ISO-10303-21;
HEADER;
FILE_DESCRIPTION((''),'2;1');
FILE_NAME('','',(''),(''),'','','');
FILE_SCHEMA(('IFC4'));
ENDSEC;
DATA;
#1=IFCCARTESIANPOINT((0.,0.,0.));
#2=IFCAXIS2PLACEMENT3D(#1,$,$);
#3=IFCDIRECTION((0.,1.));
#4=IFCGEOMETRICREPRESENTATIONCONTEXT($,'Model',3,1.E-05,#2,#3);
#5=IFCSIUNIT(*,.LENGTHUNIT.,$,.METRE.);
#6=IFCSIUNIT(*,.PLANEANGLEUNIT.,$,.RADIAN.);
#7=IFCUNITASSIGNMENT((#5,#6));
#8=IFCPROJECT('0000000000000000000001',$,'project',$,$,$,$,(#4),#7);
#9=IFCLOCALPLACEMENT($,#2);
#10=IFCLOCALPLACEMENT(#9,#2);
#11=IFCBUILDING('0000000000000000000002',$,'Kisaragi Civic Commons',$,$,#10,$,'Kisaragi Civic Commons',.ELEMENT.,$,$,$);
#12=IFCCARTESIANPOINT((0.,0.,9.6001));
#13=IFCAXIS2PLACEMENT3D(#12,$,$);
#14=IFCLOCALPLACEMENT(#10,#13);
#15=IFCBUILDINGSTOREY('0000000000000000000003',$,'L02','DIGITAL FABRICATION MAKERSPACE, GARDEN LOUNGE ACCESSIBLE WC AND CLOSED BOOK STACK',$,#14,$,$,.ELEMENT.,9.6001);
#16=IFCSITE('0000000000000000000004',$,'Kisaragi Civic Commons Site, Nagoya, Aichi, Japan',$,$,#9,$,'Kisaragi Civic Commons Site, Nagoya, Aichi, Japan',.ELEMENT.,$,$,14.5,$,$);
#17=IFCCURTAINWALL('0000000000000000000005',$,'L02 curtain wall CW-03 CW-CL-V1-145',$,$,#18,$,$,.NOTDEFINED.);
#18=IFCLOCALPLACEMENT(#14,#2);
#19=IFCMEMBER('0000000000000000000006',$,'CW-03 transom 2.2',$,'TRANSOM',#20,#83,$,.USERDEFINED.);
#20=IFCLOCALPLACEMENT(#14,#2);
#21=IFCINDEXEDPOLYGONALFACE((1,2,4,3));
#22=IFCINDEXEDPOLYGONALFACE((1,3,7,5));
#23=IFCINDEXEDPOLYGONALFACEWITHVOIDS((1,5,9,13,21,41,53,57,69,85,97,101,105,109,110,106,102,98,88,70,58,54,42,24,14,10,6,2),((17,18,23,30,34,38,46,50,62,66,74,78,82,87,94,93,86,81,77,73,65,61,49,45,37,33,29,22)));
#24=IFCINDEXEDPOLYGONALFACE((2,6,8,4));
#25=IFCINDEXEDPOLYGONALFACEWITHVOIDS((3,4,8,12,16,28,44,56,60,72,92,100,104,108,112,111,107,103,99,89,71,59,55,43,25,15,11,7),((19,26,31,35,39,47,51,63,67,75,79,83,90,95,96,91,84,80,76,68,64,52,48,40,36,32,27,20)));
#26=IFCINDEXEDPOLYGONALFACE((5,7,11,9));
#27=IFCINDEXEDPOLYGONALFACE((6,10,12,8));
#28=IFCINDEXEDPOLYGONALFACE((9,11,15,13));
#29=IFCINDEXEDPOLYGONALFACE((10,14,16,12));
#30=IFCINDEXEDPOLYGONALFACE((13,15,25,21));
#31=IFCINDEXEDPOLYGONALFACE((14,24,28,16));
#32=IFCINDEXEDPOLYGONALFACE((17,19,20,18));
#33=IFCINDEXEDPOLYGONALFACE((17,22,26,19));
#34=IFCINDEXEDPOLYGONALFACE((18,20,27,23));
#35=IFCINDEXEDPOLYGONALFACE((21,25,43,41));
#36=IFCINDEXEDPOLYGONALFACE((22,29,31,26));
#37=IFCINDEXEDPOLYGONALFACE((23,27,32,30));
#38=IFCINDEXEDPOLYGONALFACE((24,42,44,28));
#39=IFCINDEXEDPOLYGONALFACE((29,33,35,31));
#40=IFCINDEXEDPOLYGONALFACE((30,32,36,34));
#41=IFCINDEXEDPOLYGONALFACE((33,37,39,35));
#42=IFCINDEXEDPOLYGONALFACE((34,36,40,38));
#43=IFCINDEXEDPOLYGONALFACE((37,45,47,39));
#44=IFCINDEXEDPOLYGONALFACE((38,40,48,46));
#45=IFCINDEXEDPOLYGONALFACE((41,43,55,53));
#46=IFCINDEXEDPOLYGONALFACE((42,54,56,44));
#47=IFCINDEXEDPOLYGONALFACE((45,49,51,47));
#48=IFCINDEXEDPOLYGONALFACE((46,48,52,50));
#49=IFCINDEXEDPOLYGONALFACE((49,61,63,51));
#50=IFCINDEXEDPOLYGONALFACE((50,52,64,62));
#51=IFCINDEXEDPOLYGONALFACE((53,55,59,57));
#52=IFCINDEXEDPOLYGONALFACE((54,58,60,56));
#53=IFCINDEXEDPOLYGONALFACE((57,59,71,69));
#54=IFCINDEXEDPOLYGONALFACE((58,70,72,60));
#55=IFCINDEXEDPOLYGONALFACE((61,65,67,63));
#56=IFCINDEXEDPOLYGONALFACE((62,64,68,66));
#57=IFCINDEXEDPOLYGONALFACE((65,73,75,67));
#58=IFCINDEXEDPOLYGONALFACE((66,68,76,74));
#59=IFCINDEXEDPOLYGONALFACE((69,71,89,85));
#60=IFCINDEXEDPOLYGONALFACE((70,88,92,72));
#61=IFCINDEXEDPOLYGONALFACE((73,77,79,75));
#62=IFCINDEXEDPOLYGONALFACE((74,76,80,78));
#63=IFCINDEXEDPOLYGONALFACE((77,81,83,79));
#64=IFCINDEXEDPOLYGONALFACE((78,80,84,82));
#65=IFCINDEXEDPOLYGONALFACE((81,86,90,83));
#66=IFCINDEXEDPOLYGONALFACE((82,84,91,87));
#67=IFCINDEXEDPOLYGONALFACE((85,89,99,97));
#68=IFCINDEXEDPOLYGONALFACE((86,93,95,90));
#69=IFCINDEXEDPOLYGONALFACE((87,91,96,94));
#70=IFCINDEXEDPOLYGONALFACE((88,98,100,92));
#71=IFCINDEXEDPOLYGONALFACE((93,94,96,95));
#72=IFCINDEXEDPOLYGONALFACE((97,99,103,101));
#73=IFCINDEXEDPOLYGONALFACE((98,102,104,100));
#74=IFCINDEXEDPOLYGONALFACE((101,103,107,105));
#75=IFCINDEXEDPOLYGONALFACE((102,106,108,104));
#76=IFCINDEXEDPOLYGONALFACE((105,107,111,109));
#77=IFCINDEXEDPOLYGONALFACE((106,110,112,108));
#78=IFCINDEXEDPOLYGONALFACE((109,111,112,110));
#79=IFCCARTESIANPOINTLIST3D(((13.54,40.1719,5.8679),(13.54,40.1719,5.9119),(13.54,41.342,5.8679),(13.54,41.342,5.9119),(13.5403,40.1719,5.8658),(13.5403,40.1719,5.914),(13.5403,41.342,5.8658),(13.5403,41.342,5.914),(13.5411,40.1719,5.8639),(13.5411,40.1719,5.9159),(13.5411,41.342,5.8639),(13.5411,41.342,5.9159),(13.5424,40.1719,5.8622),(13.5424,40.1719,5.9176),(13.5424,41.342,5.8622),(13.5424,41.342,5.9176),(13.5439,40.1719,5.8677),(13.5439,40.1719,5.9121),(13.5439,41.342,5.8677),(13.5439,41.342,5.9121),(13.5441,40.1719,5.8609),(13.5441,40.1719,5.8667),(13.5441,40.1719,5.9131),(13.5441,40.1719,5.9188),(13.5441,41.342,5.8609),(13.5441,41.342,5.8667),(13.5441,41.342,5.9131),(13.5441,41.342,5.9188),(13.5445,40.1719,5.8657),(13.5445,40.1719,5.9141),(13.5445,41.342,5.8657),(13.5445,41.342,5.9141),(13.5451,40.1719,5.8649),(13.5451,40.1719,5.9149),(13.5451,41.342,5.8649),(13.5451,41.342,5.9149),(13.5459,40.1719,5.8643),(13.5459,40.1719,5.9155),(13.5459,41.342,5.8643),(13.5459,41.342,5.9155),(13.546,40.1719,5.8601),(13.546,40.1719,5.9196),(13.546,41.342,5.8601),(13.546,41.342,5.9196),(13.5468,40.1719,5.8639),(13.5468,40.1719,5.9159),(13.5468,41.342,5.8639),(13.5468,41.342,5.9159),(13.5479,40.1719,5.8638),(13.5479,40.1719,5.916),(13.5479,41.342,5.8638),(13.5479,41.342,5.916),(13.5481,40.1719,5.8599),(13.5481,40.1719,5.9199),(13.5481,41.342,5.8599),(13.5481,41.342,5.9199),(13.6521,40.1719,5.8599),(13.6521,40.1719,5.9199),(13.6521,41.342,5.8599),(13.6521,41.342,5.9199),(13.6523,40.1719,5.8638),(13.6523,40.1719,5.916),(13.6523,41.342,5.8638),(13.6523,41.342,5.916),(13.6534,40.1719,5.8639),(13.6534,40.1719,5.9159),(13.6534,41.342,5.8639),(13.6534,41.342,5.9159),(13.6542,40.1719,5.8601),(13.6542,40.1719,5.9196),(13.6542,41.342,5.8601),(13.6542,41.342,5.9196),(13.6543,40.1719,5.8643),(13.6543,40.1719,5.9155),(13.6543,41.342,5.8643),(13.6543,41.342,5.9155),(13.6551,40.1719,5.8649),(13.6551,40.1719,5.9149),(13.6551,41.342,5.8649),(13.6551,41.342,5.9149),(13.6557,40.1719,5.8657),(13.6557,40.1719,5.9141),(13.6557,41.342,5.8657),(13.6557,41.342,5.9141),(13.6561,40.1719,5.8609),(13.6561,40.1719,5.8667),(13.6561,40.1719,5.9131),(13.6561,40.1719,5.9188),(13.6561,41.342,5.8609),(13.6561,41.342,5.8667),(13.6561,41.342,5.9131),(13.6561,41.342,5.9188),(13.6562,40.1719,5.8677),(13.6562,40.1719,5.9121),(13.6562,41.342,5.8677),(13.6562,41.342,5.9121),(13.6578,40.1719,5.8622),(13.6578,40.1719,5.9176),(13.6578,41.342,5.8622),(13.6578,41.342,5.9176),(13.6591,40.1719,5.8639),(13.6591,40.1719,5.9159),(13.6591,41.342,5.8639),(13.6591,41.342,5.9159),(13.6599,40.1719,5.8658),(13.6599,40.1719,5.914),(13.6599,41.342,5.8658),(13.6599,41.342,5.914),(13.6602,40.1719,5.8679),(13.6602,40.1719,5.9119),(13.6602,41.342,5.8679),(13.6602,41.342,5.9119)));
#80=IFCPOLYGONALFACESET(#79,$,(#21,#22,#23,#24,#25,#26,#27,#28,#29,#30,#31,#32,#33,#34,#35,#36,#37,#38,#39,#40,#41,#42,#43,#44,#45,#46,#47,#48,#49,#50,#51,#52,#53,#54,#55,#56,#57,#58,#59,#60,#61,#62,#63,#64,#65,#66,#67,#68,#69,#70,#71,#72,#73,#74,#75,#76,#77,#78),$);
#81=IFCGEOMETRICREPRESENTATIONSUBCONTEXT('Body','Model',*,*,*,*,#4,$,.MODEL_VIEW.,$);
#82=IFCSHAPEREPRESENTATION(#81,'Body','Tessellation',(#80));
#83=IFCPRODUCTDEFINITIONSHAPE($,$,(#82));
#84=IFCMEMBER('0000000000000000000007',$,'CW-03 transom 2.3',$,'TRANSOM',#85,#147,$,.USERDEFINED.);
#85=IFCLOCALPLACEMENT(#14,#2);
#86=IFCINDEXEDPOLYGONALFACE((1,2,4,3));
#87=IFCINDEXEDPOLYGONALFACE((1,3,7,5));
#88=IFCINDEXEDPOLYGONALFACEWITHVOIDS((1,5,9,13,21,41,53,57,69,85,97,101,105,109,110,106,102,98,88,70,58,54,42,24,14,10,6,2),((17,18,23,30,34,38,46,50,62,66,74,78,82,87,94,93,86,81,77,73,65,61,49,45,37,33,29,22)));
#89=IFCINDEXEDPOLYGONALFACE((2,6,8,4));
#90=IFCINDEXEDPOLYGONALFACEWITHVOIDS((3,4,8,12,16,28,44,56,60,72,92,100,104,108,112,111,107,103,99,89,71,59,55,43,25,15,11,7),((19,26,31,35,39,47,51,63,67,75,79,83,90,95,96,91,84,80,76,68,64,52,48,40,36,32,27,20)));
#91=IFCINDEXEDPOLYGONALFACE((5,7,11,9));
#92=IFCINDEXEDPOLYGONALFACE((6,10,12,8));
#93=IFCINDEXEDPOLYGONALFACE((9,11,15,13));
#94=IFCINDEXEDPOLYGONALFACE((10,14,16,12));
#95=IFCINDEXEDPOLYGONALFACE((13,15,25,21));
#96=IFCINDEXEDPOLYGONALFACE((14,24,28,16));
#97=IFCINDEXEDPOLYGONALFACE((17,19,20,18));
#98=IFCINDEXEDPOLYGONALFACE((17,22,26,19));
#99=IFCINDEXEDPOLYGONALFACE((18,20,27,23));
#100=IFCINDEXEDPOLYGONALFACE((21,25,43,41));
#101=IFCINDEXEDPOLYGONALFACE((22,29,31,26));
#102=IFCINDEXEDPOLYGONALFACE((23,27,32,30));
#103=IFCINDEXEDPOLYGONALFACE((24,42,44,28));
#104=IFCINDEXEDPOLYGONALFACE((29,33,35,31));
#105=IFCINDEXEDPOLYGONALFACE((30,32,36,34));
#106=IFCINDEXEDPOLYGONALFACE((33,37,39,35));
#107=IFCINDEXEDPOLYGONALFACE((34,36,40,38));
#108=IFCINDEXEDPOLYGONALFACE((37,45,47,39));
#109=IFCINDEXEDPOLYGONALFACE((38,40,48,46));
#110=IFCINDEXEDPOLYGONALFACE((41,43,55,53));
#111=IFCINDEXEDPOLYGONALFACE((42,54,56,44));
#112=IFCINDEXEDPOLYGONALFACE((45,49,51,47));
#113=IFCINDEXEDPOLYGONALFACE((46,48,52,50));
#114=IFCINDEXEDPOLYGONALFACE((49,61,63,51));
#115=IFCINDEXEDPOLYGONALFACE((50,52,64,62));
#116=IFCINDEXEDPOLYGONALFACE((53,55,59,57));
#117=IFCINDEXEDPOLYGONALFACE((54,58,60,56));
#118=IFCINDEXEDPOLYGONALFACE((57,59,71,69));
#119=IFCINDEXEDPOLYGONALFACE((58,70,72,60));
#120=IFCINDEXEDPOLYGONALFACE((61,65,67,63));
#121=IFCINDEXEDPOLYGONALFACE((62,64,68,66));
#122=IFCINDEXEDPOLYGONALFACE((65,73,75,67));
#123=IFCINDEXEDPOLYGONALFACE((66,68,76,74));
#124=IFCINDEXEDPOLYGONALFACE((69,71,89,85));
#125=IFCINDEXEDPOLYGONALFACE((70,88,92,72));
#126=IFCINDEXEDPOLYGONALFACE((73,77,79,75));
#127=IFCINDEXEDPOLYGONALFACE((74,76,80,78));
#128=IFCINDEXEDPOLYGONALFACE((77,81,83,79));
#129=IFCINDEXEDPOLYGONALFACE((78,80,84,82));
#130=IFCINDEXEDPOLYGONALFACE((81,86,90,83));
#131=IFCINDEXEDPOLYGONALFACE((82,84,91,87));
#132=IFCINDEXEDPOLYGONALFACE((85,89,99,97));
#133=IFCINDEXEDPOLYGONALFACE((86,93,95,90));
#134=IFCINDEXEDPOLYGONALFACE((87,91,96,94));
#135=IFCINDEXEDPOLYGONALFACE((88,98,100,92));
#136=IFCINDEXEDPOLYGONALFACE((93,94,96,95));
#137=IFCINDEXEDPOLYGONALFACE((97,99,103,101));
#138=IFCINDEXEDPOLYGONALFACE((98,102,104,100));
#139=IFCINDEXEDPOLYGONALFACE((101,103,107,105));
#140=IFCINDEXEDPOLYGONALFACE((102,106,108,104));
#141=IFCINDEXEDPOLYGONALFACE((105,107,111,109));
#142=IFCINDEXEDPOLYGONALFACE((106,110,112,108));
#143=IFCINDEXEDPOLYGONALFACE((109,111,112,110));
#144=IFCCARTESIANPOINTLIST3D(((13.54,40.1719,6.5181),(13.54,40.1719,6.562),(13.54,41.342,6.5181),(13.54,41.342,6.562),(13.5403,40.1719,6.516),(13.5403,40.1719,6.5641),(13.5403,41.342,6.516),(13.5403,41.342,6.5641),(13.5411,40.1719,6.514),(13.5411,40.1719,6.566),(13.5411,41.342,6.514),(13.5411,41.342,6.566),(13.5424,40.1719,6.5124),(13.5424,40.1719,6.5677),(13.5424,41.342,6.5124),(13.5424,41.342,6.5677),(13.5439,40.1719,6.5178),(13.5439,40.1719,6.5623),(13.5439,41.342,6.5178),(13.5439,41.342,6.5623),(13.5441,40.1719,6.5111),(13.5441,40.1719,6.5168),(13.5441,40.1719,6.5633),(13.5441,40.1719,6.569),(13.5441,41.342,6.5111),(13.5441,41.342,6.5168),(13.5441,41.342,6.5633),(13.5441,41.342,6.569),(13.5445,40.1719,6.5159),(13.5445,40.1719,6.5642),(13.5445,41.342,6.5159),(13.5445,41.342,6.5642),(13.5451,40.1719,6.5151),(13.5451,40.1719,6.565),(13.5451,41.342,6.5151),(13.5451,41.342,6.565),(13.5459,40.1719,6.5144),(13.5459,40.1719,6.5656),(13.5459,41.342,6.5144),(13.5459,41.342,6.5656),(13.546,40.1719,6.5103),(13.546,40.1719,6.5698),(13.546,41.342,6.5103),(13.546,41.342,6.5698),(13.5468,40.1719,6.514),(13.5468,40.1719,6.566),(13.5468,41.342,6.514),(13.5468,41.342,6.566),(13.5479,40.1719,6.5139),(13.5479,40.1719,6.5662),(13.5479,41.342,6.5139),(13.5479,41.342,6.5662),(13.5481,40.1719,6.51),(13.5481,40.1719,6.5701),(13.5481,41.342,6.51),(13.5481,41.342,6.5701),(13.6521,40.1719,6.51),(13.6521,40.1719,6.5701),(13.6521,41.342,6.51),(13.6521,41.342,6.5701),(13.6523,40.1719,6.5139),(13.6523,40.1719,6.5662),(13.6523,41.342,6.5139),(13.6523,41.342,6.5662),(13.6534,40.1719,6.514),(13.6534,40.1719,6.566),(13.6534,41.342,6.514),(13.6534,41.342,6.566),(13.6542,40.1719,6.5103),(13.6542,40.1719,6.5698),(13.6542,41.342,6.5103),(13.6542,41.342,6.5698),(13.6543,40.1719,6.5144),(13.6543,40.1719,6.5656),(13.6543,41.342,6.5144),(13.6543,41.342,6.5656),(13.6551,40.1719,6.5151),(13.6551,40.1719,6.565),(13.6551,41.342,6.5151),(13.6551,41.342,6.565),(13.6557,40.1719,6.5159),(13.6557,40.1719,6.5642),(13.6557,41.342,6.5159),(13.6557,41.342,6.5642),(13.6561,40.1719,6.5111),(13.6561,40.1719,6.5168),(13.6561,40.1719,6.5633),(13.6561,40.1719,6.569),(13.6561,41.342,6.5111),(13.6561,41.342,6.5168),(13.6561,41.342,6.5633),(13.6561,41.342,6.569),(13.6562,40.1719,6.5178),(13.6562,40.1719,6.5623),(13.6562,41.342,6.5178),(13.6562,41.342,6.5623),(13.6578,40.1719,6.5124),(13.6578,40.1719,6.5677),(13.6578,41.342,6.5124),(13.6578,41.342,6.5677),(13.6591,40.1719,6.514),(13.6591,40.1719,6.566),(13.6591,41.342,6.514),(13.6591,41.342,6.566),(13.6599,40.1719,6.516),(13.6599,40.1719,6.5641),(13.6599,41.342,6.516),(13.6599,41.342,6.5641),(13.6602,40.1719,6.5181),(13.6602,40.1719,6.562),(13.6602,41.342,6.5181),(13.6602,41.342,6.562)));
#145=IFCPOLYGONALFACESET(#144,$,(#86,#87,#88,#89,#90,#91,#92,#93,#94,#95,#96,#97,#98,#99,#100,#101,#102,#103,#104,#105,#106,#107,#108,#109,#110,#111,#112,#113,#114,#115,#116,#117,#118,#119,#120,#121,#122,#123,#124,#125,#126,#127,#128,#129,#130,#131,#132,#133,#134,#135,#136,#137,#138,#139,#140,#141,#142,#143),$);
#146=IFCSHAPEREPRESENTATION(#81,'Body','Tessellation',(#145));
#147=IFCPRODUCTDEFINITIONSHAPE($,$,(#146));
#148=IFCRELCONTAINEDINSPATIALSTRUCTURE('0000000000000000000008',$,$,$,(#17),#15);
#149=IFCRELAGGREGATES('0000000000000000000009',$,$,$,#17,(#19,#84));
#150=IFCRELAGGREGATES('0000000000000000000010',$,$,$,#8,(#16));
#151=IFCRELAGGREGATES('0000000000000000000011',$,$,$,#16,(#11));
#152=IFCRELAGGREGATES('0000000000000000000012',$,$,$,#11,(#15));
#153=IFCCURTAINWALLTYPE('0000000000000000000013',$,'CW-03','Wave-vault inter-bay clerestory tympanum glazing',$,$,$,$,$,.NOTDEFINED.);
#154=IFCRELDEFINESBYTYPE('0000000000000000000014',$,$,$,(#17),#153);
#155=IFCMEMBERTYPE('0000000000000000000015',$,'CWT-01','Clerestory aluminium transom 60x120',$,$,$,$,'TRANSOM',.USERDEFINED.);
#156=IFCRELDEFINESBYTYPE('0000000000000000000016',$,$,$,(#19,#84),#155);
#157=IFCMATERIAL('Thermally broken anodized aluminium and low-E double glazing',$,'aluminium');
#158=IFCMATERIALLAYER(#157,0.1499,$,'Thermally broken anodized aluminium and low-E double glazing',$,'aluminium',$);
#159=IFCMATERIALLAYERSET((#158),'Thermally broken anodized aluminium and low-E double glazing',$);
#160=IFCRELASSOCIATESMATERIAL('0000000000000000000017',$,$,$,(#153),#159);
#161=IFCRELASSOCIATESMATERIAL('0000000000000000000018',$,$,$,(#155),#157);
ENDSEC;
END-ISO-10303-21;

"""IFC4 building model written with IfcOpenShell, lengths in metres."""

from ifc_helpers import new_model, si_unit, direction, frame, origin, origin_2d, place, context, subcontext, project, spatial, hollow_rectangle, extrude, material, layer, layer_set, material_profile, profile_set, type_object, element, aggregate, save


model = new_model("IFC4")

# Units and contexts
model_context = context("Model", 3, precision=1e-05, world=origin(), true_north=direction((0.0, 1.0)))
body_context = subcontext(model_context, "Body", "Model", "MODEL_VIEW")
ifc_project = project(units=[si_unit("LENGTHUNIT", "METRE"), si_unit("PLANEANGLEUNIT", "RADIAN")], contexts=[model_context])

# Site, building, storey
site_placement = place(None, origin())
site = spatial("IfcSite", under=ifc_project, at=site_placement, Name="Kisaragi Civic Commons Site, Nagoya, Aichi, Japan", LongName="Kisaragi Civic Commons Site, Nagoya, Aichi, Japan", CompositionType="ELEMENT", RefElevation=14.5)
building_placement = place(site_placement, origin())
building = spatial("IfcBuilding", under=site, at=building_placement, Name="Kisaragi Civic Commons", LongName="Kisaragi Civic Commons", CompositionType="ELEMENT")
storey_placement = place(building_placement, frame((0.0, 0.0, 9.6001)))
storey = spatial("IfcBuildingStorey", under=building, at=storey_placement, Name="L02", Description="DIGITAL FABRICATION MAKERSPACE, GARDEN LOUNGE ACCESSIBLE WC AND CLOSED BOOK STACK", CompositionType="ELEMENT", Elevation=9.6001)

# Curtain wall, members
ifc_material_1 = material(Name="Thermally broken anodized aluminium and low-E double glazing", Category="aluminium")
ifc_layer_1 = layer(ifc_material_1, 0.1499, Name="Thermally broken anodized aluminium and low-E double glazing", Category="aluminium")
ifc_layer_set_1 = layer_set([ifc_layer_1], Name="Thermally broken anodized aluminium and low-E double glazing")
curtain_wall_type = type_object("IfcCurtainWallType", Name="CW-03", Description="Wave-vault inter-bay clerestory tympanum glazing", PredefinedType="NOTDEFINED", material=ifc_layer_set_1)
curtain_wall_placement = place(storey_placement, origin())
curtain_wall = element("IfcCurtainWall", 1, at=curtain_wall_placement, inside=storey, type_object=curtain_wall_type, Name="L02 curtain wall CW-03 CW-CL-V1-145", PredefinedType="NOTDEFINED")
ifc_material_profile_1 = material_profile(ifc_material_1, hollow_rectangle(XDim=0.1201, YDim=0.0601, WallThickness=0.0039, InnerFilletRadius=0.0039, OuterFilletRadius=0.0081, at=origin_2d()), Name="CWT-60x120x4", Category="aluminium")
ifc_profile_set_1 = profile_set([ifc_material_profile_1], Name="Thermally broken anodized aluminium and low-E double glazing")
member_type_1 = type_object("IfcMemberType", Name="CWT-01", Description="Clerestory aluminium transom 60x120", ElementType="TRANSOM", PredefinedType="USERDEFINED", material=ifc_profile_set_1)
member_1_placement = place(storey_placement, frame((13.6001, 40.1719, 5.8899), z_axis=(0.0, 1.0, 0.0), x_axis=(-1.0, 0.0, 0.0)))
member_1 = element("IfcMember", 2, at=member_1_placement, type_object=member_type_1, Name="CW-03 transom 2.2", ObjectType="TRANSOM", PredefinedType="USERDEFINED", context=body_context, shape_type="SweptSolid", body=[
    extrude(hollow_rectangle(XDim=0.1201, YDim=0.0601, WallThickness=0.0039, InnerFilletRadius=0.0039, OuterFilletRadius=0.0081, at=origin_2d()), origin(), (0.0, 0.0, 1.0), 1.1702),
])
member_2_placement = place(storey_placement, frame((13.6001, 40.1719, 6.54), z_axis=(0.0, 1.0, 0.0), x_axis=(-1.0, 0.0, 0.0)))
member_2 = element("IfcMember", 3, at=member_2_placement, type_object=member_type_1, Name="CW-03 transom 2.3", ObjectType="TRANSOM", PredefinedType="USERDEFINED", context=body_context, shape_type="SweptSolid", body=[
    extrude(hollow_rectangle(XDim=0.1201, YDim=0.0601, WallThickness=0.0039, InnerFilletRadius=0.0039, OuterFilletRadius=0.0081, at=origin_2d()), origin(), (0.0, 0.0, 1.0), 1.1702),
])

aggregate(curtain_wall, [member_1, member_2])

save(model, "model.ifc")
